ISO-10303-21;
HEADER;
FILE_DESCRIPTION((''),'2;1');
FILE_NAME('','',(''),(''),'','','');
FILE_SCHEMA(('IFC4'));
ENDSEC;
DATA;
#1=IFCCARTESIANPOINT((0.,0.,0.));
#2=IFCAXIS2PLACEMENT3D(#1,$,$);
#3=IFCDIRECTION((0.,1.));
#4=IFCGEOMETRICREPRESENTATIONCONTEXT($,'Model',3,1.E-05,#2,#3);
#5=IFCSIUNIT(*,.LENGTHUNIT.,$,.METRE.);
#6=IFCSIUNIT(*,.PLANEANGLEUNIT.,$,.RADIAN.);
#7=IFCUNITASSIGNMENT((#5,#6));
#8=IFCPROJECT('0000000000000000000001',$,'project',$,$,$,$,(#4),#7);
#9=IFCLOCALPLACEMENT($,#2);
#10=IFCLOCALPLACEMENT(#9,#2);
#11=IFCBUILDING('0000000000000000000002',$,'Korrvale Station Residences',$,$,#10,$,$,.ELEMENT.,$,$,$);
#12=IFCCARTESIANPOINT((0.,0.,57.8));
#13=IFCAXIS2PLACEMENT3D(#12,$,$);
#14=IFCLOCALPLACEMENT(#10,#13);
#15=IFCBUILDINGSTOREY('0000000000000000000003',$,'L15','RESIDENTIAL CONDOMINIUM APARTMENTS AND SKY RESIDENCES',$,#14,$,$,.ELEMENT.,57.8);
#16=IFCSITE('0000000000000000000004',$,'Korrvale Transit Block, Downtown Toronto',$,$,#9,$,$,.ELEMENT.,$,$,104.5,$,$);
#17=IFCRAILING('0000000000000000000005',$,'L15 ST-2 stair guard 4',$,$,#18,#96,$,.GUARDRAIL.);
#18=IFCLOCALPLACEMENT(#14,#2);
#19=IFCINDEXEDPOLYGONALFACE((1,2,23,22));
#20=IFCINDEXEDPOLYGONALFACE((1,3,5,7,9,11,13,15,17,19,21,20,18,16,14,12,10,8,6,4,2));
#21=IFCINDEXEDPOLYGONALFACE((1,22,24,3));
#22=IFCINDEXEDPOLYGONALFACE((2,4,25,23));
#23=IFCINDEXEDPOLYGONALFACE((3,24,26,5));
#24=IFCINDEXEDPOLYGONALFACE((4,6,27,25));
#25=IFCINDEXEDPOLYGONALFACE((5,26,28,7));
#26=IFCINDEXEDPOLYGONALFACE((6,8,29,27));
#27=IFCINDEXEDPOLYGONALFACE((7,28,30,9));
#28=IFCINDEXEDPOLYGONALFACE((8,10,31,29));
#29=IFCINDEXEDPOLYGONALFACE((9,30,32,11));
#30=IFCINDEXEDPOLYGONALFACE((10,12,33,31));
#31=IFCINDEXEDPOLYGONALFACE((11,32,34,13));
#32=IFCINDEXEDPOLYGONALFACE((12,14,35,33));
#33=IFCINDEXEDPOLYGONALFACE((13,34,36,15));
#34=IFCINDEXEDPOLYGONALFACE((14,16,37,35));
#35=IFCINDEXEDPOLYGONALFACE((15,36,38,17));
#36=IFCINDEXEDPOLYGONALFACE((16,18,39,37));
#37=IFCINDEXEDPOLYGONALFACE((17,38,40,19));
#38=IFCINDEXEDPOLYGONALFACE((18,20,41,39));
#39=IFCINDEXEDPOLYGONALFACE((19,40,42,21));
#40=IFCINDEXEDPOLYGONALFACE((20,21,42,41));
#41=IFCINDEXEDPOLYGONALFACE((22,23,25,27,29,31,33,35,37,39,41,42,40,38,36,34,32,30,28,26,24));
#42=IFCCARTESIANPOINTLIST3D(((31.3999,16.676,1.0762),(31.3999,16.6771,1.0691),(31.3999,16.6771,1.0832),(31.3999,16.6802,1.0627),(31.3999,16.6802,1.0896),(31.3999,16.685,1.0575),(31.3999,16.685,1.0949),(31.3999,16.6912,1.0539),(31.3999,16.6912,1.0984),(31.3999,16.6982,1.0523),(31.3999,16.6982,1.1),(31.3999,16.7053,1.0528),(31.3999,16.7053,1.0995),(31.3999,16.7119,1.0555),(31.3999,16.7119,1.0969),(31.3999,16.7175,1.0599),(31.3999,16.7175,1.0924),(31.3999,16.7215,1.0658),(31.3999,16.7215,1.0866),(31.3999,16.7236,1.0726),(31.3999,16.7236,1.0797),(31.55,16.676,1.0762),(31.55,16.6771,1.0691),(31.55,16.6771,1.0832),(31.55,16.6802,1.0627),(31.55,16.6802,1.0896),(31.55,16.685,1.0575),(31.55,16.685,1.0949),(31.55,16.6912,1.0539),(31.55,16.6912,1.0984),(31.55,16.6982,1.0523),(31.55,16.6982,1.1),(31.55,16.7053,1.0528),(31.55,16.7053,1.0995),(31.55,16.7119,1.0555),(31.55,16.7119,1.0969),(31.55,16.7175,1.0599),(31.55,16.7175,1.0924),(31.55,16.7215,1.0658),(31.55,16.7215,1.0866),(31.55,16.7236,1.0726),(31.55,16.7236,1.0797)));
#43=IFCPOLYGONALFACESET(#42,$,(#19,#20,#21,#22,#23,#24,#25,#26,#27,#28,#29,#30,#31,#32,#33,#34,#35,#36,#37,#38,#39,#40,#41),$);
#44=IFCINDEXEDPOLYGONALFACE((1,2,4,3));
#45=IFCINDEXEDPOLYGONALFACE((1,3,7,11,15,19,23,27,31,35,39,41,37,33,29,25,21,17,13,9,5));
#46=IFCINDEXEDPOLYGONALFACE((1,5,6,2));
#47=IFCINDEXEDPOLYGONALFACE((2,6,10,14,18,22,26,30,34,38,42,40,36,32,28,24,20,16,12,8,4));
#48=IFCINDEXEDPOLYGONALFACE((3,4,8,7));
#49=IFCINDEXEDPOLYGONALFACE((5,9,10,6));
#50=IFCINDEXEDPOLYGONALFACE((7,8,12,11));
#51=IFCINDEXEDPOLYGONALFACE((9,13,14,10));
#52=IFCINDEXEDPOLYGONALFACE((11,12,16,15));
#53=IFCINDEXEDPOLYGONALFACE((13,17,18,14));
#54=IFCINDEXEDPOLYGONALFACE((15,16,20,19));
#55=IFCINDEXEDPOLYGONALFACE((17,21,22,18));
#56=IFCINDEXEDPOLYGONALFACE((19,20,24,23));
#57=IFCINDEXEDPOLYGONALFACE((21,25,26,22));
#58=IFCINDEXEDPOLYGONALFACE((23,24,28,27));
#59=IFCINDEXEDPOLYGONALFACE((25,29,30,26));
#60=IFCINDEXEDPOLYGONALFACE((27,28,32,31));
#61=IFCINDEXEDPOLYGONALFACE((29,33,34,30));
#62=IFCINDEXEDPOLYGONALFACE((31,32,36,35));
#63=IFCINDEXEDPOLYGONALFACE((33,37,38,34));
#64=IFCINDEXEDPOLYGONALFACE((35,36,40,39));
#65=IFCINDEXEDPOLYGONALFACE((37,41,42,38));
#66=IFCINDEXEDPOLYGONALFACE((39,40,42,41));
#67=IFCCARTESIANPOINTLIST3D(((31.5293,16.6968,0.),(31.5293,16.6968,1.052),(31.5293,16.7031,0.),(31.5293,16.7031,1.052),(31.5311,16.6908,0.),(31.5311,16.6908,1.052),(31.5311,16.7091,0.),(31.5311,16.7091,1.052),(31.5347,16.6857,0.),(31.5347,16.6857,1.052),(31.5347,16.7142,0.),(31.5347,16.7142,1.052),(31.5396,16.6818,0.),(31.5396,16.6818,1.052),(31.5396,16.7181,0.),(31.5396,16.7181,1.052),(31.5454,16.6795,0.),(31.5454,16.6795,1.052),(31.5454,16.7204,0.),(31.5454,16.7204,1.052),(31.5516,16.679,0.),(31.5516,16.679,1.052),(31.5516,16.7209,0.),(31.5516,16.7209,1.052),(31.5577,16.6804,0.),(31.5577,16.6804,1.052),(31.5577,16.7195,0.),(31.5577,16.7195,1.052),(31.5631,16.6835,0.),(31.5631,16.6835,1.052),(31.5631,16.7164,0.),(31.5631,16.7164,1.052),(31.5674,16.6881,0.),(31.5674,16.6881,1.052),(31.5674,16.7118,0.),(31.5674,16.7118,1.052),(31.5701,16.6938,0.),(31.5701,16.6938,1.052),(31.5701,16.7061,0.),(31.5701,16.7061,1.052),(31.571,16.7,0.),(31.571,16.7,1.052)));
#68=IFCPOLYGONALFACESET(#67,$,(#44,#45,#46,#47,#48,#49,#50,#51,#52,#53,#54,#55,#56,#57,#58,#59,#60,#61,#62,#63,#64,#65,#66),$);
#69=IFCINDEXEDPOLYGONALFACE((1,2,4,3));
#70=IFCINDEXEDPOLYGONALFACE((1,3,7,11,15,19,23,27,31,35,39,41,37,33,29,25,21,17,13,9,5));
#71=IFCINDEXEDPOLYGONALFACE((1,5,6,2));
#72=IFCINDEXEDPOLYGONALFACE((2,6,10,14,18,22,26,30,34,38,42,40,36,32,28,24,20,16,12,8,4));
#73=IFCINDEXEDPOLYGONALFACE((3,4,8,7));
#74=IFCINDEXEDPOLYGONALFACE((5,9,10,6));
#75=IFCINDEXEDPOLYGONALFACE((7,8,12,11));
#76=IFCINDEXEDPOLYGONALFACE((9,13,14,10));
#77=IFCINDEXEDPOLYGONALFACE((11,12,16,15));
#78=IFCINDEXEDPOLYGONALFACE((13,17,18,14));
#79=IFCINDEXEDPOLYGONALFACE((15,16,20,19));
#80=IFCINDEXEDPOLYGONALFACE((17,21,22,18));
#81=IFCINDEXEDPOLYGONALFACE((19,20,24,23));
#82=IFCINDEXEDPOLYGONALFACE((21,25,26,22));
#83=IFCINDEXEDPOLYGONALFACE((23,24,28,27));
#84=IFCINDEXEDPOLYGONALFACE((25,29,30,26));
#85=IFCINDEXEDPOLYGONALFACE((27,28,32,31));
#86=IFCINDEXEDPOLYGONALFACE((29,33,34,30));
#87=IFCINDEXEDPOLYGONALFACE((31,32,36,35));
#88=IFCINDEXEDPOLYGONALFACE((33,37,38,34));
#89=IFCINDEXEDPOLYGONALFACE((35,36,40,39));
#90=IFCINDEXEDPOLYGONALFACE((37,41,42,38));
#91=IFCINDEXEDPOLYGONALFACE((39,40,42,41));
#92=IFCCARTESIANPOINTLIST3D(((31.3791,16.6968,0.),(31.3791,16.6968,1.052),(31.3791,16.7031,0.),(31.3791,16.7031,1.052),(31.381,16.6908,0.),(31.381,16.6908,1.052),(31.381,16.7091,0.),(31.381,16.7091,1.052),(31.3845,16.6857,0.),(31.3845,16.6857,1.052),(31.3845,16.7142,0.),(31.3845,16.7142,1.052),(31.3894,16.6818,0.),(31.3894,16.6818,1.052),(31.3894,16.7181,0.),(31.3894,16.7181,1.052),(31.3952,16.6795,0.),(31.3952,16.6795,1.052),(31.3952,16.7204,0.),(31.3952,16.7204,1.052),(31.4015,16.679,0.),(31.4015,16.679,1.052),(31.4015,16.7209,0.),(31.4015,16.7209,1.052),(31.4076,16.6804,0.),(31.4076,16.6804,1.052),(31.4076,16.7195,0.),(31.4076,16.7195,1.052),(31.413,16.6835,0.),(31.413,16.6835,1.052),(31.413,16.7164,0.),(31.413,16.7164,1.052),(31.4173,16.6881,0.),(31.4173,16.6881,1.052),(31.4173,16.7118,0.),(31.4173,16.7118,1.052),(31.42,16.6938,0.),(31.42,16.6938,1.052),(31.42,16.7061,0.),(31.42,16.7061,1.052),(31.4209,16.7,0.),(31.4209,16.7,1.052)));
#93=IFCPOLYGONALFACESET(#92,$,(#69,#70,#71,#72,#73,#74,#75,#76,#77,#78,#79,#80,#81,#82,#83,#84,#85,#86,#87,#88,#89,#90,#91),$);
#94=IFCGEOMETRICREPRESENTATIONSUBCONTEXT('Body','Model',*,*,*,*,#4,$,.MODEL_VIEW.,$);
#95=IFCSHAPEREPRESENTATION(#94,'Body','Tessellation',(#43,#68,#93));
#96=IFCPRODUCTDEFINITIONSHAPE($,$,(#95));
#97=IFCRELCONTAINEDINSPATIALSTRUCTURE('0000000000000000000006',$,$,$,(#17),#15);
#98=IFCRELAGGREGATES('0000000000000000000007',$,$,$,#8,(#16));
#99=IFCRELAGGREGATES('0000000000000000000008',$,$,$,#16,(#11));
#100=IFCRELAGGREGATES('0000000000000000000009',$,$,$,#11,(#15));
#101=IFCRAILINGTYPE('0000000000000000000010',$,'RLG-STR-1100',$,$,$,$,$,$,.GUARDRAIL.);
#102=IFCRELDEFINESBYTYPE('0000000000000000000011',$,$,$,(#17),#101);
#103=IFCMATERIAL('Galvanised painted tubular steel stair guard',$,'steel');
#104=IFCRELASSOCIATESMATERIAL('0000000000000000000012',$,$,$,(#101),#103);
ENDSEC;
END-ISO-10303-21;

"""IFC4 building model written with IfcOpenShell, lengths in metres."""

from ifc_helpers import new_model, si_unit, direction, frame, origin, origin_2d, place, context, subcontext, project, spatial, circle, extrude, material, type_object, element, save


model = new_model("IFC4")

# Units and contexts
model_context = context("Model", 3, precision=1e-05, world=origin(), true_north=direction((0.0, 1.0)))
body_context = subcontext(model_context, "Body", "Model", "MODEL_VIEW")
ifc_project = project(units=[si_unit("LENGTHUNIT", "METRE"), si_unit("PLANEANGLEUNIT", "RADIAN")], contexts=[model_context])

# Site, building, storey
site_placement = place(None, origin())
site = spatial("IfcSite", under=ifc_project, at=site_placement, Name="Korrvale Transit Block, Downtown Toronto", CompositionType="ELEMENT", RefElevation=104.5)
building_placement = place(site_placement, origin())
building = spatial("IfcBuilding", under=site, at=building_placement, Name="Korrvale Station Residences", CompositionType="ELEMENT")
storey_placement = place(building_placement, frame((0.0, 0.0, 57.8)))
storey = spatial("IfcBuildingStorey", under=building, at=storey_placement, Name="L15", Description="RESIDENTIAL CONDOMINIUM APARTMENTS AND SKY RESIDENCES", CompositionType="ELEMENT", Elevation=57.8)

# Railing
ifc_material_1 = material(Name="Galvanised painted tubular steel stair guard", Category="steel")
railing_type_1 = type_object("IfcRailingType", Name="RLG-STR-1100", PredefinedType="GUARDRAIL", material=ifc_material_1)
railing_1_placement = place(storey_placement, frame((31.55, 16.7, 0.0)))
element("IfcRailing", 1, at=railing_1_placement, inside=storey, type_object=railing_type_1, Name="L15 ST-2 stair guard 4", PredefinedType="GUARDRAIL", context=body_context, shape_type="SweptSolid", body=[
    extrude(circle(Radius=0.0239, at=origin_2d()), frame((0.0, 0.0, 1.0762), z_axis=(-1.0, 0.0, 0.0), x_axis=(0.0, -1.0, 0.0)), (0.0, 0.0, 1.0), 0.1501),
    extrude(circle(Radius=0.021, at=origin_2d()), origin(), (0.0, 0.0, 1.0), 1.052),
    extrude(circle(Radius=0.021, at=origin_2d()), frame((-0.1501, 0.0, 0.0)), (0.0, 0.0, 1.0), 1.052),
])

save(model, "model.ifc")
